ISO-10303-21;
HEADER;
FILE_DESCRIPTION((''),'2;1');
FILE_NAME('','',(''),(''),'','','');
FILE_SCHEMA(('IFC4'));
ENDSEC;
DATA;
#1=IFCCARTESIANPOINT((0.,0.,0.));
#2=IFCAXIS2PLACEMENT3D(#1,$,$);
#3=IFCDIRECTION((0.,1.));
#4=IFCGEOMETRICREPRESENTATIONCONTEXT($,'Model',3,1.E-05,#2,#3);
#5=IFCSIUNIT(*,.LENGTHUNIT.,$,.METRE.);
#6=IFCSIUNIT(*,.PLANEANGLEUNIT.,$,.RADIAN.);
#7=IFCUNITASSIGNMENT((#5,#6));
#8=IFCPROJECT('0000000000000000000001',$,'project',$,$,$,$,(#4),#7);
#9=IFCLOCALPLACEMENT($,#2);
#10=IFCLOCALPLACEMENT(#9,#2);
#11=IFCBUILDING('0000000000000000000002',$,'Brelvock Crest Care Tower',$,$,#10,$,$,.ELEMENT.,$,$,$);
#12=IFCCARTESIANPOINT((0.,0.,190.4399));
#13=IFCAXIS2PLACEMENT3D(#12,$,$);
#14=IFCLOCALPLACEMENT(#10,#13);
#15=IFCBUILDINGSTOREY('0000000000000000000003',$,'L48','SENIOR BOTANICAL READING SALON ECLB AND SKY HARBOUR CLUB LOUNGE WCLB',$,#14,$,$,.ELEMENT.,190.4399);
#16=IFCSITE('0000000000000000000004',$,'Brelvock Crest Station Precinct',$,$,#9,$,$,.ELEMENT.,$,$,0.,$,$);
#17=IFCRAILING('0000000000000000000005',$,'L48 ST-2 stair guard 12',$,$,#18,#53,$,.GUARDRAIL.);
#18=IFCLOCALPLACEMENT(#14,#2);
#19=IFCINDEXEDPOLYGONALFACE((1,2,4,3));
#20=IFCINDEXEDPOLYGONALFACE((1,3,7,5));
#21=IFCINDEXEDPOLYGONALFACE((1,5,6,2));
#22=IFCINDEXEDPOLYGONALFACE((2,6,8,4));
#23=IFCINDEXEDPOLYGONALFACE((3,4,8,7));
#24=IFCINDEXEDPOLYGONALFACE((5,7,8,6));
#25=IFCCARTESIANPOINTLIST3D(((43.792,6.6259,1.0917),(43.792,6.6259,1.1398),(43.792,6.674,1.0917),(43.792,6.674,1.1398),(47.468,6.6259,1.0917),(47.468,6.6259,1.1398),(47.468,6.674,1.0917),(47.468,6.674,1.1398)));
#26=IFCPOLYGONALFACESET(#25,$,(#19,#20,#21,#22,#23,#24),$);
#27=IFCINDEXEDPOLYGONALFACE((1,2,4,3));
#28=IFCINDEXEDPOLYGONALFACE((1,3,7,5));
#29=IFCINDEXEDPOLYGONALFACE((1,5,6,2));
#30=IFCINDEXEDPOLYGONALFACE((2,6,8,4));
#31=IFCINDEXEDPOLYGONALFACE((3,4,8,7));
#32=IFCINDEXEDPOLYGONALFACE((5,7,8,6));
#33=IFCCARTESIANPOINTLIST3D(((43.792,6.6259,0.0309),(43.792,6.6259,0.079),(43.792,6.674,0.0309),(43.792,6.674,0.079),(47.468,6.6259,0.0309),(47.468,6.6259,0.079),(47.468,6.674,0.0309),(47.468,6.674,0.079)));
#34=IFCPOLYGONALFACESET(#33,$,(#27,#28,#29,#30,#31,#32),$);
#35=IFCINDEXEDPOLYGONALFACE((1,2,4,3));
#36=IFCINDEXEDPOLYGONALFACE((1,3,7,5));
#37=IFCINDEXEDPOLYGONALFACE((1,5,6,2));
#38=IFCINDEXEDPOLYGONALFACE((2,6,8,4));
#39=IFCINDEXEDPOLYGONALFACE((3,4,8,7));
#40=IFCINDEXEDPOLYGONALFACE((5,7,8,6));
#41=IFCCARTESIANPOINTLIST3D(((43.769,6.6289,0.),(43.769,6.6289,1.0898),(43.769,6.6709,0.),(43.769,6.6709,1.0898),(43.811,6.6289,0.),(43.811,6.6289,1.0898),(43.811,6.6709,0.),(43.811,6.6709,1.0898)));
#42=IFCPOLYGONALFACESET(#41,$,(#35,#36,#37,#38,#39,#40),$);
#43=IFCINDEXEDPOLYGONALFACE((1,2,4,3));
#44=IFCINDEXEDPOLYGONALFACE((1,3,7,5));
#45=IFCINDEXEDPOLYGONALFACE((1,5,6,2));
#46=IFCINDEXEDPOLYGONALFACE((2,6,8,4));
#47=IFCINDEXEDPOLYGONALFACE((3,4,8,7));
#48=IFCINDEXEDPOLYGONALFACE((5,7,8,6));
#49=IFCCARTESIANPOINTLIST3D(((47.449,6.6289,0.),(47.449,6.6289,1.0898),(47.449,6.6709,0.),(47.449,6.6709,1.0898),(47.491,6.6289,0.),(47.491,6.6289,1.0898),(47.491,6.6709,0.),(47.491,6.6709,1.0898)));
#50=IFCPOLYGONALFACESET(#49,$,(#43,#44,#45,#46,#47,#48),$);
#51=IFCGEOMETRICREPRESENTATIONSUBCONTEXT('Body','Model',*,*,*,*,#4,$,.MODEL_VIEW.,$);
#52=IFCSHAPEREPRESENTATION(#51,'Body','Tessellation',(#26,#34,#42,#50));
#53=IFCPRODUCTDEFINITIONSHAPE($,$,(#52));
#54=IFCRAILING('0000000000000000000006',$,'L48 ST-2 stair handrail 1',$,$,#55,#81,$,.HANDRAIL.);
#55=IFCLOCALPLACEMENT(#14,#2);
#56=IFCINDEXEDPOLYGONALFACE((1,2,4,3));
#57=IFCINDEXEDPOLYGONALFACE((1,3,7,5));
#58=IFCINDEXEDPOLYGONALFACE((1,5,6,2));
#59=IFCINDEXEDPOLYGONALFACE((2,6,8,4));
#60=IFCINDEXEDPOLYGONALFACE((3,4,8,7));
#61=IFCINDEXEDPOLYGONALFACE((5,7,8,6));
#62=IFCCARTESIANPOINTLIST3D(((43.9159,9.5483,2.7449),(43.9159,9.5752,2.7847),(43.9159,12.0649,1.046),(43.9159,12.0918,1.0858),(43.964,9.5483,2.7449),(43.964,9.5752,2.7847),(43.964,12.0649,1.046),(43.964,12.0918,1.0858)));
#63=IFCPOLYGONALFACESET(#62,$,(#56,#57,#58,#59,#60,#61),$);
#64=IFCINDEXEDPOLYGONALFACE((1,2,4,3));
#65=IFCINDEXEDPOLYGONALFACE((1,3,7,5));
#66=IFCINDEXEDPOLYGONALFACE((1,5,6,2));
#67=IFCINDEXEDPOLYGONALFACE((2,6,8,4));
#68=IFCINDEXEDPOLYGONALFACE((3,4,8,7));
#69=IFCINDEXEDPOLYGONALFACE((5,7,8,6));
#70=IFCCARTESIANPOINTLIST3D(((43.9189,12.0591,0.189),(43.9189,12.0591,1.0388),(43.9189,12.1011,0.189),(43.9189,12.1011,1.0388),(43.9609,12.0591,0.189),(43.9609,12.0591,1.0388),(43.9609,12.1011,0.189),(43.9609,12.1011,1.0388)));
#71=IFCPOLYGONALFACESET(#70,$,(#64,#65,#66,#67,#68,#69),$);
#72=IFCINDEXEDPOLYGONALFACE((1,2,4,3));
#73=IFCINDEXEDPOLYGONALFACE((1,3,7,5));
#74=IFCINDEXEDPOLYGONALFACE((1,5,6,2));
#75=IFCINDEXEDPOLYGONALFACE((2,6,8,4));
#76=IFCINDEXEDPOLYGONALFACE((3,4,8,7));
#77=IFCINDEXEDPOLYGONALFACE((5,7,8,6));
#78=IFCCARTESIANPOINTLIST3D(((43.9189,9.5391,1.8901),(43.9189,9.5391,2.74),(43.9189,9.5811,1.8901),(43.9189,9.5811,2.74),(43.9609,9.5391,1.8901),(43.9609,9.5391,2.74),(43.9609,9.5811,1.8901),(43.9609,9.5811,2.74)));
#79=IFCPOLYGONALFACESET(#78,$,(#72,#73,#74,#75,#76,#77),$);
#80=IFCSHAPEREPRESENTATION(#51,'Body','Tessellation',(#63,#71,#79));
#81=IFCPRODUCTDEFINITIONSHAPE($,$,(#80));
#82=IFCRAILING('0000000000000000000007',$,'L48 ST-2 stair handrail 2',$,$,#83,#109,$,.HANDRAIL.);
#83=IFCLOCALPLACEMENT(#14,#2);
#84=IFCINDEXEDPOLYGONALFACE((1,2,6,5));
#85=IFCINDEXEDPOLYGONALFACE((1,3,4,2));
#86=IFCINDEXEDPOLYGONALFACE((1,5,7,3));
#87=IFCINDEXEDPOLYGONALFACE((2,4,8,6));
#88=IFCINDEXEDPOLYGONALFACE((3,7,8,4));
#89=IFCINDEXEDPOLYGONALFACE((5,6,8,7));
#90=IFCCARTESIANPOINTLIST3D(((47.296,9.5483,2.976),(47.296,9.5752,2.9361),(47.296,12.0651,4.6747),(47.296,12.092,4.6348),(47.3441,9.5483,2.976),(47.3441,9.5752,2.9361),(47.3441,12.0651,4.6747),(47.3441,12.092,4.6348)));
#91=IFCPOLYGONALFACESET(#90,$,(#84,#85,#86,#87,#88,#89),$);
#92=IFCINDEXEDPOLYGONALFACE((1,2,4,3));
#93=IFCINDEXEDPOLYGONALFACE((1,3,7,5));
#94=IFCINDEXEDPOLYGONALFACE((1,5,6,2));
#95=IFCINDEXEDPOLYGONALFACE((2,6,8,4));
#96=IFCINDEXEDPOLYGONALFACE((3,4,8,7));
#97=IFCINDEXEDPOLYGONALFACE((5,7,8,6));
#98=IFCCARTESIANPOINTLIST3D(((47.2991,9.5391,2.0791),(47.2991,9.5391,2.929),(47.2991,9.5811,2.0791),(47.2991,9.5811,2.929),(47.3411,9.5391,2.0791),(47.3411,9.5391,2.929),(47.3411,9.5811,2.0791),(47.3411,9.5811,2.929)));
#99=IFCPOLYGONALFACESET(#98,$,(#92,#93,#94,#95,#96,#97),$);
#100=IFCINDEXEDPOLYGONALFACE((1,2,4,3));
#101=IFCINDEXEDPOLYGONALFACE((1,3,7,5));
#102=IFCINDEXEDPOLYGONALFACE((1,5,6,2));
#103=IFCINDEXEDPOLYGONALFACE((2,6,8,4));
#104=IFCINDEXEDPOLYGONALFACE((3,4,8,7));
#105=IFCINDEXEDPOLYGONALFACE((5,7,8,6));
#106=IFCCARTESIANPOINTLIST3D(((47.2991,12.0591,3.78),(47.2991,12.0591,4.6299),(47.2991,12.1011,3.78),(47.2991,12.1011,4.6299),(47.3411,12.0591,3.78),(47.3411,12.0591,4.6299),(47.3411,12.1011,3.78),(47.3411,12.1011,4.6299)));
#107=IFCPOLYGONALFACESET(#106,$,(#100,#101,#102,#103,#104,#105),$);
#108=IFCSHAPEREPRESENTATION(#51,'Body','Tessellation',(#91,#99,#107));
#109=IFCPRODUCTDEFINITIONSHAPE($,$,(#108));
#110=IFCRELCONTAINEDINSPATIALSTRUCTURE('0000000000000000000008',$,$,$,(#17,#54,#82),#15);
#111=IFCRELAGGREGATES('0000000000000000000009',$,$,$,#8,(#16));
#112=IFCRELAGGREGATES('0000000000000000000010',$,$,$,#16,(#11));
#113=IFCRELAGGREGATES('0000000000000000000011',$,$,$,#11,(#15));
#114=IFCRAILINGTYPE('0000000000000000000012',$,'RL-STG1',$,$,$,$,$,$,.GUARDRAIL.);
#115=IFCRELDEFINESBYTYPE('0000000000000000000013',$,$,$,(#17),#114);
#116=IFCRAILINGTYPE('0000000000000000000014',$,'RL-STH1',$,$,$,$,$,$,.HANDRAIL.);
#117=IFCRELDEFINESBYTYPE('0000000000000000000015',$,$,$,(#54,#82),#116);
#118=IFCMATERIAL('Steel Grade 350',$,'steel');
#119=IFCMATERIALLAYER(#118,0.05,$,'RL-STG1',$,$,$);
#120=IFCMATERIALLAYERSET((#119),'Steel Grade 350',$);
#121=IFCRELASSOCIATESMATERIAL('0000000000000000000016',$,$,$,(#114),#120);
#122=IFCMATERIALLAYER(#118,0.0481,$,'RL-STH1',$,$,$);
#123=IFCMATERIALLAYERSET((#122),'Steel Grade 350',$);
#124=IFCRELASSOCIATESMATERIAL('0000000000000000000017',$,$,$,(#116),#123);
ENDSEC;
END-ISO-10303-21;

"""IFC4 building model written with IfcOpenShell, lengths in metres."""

from ifc_helpers import new_model, si_unit, direction, frame, origin, origin_2d, place, context, subcontext, project, spatial, rectangle, extrude, material, layer, layer_set, type_object, element, save


model = new_model("IFC4")

# Units and contexts
model_context = context("Model", 3, precision=1e-05, world=origin(), true_north=direction((0.0, 1.0)))
body_context = subcontext(model_context, "Body", "Model", "MODEL_VIEW")
ifc_project = project(units=[si_unit("LENGTHUNIT", "METRE"), si_unit("PLANEANGLEUNIT", "RADIAN")], contexts=[model_context])

# Site, building, storey
site_placement = place(None, origin())
site = spatial("IfcSite", under=ifc_project, at=site_placement, Name="Brelvock Crest Station Precinct", CompositionType="ELEMENT", RefElevation=0.0)
building_placement = place(site_placement, origin())
building = spatial("IfcBuilding", under=site, at=building_placement, Name="Brelvock Crest Care Tower", CompositionType="ELEMENT")
storey_placement = place(building_placement, frame((0.0, 0.0, 190.4399)))
storey = spatial("IfcBuildingStorey", under=building, at=storey_placement, Name="L48", Description="SENIOR BOTANICAL READING SALON ECLB AND SKY HARBOUR CLUB LOUNGE WCLB", CompositionType="ELEMENT", Elevation=190.4399)

# Shared definitions
ifc_material_1 = material(Name="Steel Grade 350", Category="steel")

# Railings
ifc_layer_1 = layer(ifc_material_1, 0.05, Name="RL-STG1")
ifc_layer_set_1 = layer_set([ifc_layer_1], Name="Steel Grade 350")
railing_type_1 = type_object("IfcRailingType", Name="RL-STG1", PredefinedType="GUARDRAIL", material=ifc_layer_set_1)
railing_1_placement = place(storey_placement, frame((43.79, 6.6499, 0.0)))
element("IfcRailing", 1, at=railing_1_placement, inside=storey, type_object=railing_type_1, Name="L48 ST-2 stair guard 12", PredefinedType="GUARDRAIL", context=body_context, shape_type="SweptSolid", body=[
    extrude(rectangle(XDim=0.0481, YDim=0.0481, at=origin_2d()), frame((0.002, 0.0, 1.1157), z_axis=(1.0, 0.0, 0.0), x_axis=(0.0, 1.0, 0.0)), (0.0, 0.0, 1.0), 3.676),
    extrude(rectangle(XDim=0.0481, YDim=0.0481, at=origin_2d()), frame((0.002, 0.0, 0.0549), z_axis=(1.0, 0.0, 0.0), x_axis=(0.0, 1.0, 0.0)), (0.0, 0.0, 1.0), 3.676),
    extrude(rectangle(XDim=0.042, YDim=0.042, at=origin_2d()), origin(), (0.0, 0.0, 1.0), 1.0898),
    extrude(rectangle(XDim=0.042, YDim=0.042, at=origin_2d()), frame((3.6799, 0.0, 0.0)), (0.0, 0.0, 1.0), 1.0898),
])
ifc_layer_2 = layer(ifc_material_1, 0.0481, Name="RL-STH1")
ifc_layer_set_2 = layer_set([ifc_layer_2], Name="Steel Grade 350")
railing_type_2 = type_object("IfcRailingType", Name="RL-STH1", PredefinedType="HANDRAIL", material=ifc_layer_set_2)
railing_2_placement = place(storey_placement, frame((43.9399, 12.0801, 0.189)))
element("IfcRailing", 2, at=railing_2_placement, inside=storey, type_object=railing_type_2, Name="L48 ST-2 stair handrail 1", PredefinedType="HANDRAIL", context=body_context, shape_type="SweptSolid", body=[
    extrude(rectangle(XDim=0.0481, YDim=0.0481, at=origin_2d()), frame((0.0, -0.0017, 0.877), z_axis=(0.0, -0.828824, 0.559509), x_axis=(1.0, 0.0, 0.0)), (0.0, 0.0, 1.0), 3.0364),
    extrude(rectangle(XDim=0.042, YDim=0.042, at=origin_2d()), origin(), (0.0, 0.0, 1.0), 0.8499),
    extrude(rectangle(XDim=0.042, YDim=0.042, at=origin_2d()), frame((0.0, -2.52, 1.7012)), (0.0, 0.0, 1.0), 0.8499),
])
railing_3_placement = place(storey_placement, frame((47.3201, 9.5601, 2.0791)))
element("IfcRailing", 3, at=railing_3_placement, inside=storey, type_object=railing_type_2, Name="L48 ST-2 stair handrail 2", PredefinedType="HANDRAIL", context=body_context, shape_type="SweptSolid", body=[
    extrude(rectangle(XDim=0.0481, YDim=0.0481, at=origin_2d()), frame((0.0, 0.0017, 0.877), z_axis=(0.0, 0.828862, 0.559454), x_axis=(-1.0, 0.0, 0.0)), (0.0, 0.0, 1.0), 3.0364),
    extrude(rectangle(XDim=0.042, YDim=0.042, at=origin_2d()), origin(), (0.0, 0.0, 1.0), 0.8499),
    extrude(rectangle(XDim=0.042, YDim=0.042, at=origin_2d()), frame((0.0, 2.52, 1.7009)), (0.0, 0.0, 1.0), 0.8499),
])

save(model, "model.ifc")
